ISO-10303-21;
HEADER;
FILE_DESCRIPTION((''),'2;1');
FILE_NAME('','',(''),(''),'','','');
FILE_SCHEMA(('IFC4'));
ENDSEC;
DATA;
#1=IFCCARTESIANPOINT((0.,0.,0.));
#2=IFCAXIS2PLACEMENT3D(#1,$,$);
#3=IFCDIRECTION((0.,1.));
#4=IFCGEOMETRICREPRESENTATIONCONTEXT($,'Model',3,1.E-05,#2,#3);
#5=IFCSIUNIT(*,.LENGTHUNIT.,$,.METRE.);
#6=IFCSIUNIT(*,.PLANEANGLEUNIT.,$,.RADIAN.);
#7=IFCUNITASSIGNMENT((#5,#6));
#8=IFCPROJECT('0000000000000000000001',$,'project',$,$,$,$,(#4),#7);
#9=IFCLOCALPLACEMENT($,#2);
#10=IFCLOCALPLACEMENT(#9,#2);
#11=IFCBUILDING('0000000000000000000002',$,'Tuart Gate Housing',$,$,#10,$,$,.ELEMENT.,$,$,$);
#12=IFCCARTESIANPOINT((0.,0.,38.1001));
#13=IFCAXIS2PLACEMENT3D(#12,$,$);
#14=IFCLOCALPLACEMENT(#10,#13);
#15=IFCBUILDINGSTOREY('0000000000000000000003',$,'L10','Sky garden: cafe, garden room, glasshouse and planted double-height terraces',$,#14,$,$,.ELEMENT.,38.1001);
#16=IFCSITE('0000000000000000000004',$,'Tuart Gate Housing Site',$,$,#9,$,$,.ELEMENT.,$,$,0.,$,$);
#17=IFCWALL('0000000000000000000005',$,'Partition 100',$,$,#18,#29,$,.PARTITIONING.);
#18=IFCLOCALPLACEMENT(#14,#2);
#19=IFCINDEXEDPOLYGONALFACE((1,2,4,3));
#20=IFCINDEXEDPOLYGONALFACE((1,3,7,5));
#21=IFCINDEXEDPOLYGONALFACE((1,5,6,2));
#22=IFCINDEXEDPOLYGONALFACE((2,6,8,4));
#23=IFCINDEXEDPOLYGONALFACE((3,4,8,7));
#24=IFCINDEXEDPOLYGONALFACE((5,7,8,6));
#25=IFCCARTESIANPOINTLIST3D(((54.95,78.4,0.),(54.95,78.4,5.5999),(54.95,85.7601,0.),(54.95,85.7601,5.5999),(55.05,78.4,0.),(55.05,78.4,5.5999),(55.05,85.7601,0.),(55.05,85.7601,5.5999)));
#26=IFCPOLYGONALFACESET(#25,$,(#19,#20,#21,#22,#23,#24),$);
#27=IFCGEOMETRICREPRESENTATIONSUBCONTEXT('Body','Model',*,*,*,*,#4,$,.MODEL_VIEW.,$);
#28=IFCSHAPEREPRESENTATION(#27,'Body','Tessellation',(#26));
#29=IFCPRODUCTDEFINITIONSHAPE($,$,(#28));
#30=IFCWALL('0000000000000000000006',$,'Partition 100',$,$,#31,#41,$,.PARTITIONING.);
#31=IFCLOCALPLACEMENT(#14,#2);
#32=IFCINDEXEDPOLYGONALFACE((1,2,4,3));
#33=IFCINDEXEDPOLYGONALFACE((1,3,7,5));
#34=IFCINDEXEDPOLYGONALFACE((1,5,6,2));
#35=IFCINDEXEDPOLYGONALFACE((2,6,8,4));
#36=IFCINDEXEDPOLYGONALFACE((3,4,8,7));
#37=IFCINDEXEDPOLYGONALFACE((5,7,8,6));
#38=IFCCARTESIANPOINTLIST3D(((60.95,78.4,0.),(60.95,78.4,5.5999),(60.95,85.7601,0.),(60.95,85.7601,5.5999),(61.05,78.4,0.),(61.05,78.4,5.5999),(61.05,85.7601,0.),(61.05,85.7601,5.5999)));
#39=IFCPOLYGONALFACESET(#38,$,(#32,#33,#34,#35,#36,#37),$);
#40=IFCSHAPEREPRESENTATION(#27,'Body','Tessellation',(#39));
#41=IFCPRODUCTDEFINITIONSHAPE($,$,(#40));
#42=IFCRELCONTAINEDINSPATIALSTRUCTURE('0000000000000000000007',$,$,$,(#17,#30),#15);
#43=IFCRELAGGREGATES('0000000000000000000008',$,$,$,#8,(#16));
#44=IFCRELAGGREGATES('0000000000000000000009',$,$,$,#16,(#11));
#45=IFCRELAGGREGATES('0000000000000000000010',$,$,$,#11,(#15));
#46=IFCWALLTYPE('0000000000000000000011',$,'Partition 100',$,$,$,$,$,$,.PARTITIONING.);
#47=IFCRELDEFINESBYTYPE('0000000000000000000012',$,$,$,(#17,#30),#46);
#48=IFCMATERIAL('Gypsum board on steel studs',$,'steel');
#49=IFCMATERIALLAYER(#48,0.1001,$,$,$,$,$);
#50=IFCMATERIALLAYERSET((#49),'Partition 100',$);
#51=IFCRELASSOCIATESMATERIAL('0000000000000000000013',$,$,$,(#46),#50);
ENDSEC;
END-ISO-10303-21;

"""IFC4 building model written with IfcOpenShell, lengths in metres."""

from ifc_helpers import new_model, si_unit, direction, frame, frame_2d, origin, place, context, subcontext, project, spatial, rectangle, extrude, material, layer, layer_set, type_object, element, save


model = new_model("IFC4")

# Units and contexts
model_context = context("Model", 3, precision=1e-05, world=origin(), true_north=direction((0.0, 1.0)))
body_context = subcontext(model_context, "Body", "Model", "MODEL_VIEW")
ifc_project = project(units=[si_unit("LENGTHUNIT", "METRE"), si_unit("PLANEANGLEUNIT", "RADIAN")], contexts=[model_context])

# Site, building, storey
site_placement = place(None, origin())
site = spatial("IfcSite", under=ifc_project, at=site_placement, Name="Tuart Gate Housing Site", CompositionType="ELEMENT", RefElevation=0.0)
building_placement = place(site_placement, origin())
building = spatial("IfcBuilding", under=site, at=building_placement, Name="Tuart Gate Housing", CompositionType="ELEMENT")
storey_placement = place(building_placement, frame((0.0, 0.0, 38.1001)))
storey = spatial("IfcBuildingStorey", under=building, at=storey_placement, Name="L10", Description="Sky garden: cafe, garden room, glasshouse and planted double-height terraces", CompositionType="ELEMENT", Elevation=38.1001)

# Walls
ifc_material_1 = material(Name="Gypsum board on steel studs", Category="steel")
ifc_layer_1 = layer(ifc_material_1, 0.1001)
ifc_layer_set_1 = layer_set([ifc_layer_1], Name="Partition 100")
wall_type_1 = type_object("IfcWallType", Name="Partition 100", PredefinedType="PARTITIONING", material=ifc_layer_set_1)
for number, where, z_axis, x_axis, name in (
    (1, (55.0, 78.3999, 0.0), (0.0, 0.0, 1.0), (0.0, 1.0, 0.0), "Partition 100"),
    (2, (61.0, 78.3999, 0.0), (0.0, 0.0, 1.0), (0.0, 1.0, 0.0), "Partition 100"),
):
    element("IfcWall", number, at=place(storey_placement, frame(where, z_axis=z_axis, x_axis=x_axis)), inside=storey, type_object=wall_type_1, Name=name, PredefinedType="PARTITIONING", context=body_context, shape_type="SweptSolid", body=[
        extrude(rectangle(XDim=7.3601, YDim=0.1001, at=frame_2d((3.6802, 0.0))), origin(), (0.0, 0.0, 1.0), 5.5999),
    ])

save(model, "model.ifc")
